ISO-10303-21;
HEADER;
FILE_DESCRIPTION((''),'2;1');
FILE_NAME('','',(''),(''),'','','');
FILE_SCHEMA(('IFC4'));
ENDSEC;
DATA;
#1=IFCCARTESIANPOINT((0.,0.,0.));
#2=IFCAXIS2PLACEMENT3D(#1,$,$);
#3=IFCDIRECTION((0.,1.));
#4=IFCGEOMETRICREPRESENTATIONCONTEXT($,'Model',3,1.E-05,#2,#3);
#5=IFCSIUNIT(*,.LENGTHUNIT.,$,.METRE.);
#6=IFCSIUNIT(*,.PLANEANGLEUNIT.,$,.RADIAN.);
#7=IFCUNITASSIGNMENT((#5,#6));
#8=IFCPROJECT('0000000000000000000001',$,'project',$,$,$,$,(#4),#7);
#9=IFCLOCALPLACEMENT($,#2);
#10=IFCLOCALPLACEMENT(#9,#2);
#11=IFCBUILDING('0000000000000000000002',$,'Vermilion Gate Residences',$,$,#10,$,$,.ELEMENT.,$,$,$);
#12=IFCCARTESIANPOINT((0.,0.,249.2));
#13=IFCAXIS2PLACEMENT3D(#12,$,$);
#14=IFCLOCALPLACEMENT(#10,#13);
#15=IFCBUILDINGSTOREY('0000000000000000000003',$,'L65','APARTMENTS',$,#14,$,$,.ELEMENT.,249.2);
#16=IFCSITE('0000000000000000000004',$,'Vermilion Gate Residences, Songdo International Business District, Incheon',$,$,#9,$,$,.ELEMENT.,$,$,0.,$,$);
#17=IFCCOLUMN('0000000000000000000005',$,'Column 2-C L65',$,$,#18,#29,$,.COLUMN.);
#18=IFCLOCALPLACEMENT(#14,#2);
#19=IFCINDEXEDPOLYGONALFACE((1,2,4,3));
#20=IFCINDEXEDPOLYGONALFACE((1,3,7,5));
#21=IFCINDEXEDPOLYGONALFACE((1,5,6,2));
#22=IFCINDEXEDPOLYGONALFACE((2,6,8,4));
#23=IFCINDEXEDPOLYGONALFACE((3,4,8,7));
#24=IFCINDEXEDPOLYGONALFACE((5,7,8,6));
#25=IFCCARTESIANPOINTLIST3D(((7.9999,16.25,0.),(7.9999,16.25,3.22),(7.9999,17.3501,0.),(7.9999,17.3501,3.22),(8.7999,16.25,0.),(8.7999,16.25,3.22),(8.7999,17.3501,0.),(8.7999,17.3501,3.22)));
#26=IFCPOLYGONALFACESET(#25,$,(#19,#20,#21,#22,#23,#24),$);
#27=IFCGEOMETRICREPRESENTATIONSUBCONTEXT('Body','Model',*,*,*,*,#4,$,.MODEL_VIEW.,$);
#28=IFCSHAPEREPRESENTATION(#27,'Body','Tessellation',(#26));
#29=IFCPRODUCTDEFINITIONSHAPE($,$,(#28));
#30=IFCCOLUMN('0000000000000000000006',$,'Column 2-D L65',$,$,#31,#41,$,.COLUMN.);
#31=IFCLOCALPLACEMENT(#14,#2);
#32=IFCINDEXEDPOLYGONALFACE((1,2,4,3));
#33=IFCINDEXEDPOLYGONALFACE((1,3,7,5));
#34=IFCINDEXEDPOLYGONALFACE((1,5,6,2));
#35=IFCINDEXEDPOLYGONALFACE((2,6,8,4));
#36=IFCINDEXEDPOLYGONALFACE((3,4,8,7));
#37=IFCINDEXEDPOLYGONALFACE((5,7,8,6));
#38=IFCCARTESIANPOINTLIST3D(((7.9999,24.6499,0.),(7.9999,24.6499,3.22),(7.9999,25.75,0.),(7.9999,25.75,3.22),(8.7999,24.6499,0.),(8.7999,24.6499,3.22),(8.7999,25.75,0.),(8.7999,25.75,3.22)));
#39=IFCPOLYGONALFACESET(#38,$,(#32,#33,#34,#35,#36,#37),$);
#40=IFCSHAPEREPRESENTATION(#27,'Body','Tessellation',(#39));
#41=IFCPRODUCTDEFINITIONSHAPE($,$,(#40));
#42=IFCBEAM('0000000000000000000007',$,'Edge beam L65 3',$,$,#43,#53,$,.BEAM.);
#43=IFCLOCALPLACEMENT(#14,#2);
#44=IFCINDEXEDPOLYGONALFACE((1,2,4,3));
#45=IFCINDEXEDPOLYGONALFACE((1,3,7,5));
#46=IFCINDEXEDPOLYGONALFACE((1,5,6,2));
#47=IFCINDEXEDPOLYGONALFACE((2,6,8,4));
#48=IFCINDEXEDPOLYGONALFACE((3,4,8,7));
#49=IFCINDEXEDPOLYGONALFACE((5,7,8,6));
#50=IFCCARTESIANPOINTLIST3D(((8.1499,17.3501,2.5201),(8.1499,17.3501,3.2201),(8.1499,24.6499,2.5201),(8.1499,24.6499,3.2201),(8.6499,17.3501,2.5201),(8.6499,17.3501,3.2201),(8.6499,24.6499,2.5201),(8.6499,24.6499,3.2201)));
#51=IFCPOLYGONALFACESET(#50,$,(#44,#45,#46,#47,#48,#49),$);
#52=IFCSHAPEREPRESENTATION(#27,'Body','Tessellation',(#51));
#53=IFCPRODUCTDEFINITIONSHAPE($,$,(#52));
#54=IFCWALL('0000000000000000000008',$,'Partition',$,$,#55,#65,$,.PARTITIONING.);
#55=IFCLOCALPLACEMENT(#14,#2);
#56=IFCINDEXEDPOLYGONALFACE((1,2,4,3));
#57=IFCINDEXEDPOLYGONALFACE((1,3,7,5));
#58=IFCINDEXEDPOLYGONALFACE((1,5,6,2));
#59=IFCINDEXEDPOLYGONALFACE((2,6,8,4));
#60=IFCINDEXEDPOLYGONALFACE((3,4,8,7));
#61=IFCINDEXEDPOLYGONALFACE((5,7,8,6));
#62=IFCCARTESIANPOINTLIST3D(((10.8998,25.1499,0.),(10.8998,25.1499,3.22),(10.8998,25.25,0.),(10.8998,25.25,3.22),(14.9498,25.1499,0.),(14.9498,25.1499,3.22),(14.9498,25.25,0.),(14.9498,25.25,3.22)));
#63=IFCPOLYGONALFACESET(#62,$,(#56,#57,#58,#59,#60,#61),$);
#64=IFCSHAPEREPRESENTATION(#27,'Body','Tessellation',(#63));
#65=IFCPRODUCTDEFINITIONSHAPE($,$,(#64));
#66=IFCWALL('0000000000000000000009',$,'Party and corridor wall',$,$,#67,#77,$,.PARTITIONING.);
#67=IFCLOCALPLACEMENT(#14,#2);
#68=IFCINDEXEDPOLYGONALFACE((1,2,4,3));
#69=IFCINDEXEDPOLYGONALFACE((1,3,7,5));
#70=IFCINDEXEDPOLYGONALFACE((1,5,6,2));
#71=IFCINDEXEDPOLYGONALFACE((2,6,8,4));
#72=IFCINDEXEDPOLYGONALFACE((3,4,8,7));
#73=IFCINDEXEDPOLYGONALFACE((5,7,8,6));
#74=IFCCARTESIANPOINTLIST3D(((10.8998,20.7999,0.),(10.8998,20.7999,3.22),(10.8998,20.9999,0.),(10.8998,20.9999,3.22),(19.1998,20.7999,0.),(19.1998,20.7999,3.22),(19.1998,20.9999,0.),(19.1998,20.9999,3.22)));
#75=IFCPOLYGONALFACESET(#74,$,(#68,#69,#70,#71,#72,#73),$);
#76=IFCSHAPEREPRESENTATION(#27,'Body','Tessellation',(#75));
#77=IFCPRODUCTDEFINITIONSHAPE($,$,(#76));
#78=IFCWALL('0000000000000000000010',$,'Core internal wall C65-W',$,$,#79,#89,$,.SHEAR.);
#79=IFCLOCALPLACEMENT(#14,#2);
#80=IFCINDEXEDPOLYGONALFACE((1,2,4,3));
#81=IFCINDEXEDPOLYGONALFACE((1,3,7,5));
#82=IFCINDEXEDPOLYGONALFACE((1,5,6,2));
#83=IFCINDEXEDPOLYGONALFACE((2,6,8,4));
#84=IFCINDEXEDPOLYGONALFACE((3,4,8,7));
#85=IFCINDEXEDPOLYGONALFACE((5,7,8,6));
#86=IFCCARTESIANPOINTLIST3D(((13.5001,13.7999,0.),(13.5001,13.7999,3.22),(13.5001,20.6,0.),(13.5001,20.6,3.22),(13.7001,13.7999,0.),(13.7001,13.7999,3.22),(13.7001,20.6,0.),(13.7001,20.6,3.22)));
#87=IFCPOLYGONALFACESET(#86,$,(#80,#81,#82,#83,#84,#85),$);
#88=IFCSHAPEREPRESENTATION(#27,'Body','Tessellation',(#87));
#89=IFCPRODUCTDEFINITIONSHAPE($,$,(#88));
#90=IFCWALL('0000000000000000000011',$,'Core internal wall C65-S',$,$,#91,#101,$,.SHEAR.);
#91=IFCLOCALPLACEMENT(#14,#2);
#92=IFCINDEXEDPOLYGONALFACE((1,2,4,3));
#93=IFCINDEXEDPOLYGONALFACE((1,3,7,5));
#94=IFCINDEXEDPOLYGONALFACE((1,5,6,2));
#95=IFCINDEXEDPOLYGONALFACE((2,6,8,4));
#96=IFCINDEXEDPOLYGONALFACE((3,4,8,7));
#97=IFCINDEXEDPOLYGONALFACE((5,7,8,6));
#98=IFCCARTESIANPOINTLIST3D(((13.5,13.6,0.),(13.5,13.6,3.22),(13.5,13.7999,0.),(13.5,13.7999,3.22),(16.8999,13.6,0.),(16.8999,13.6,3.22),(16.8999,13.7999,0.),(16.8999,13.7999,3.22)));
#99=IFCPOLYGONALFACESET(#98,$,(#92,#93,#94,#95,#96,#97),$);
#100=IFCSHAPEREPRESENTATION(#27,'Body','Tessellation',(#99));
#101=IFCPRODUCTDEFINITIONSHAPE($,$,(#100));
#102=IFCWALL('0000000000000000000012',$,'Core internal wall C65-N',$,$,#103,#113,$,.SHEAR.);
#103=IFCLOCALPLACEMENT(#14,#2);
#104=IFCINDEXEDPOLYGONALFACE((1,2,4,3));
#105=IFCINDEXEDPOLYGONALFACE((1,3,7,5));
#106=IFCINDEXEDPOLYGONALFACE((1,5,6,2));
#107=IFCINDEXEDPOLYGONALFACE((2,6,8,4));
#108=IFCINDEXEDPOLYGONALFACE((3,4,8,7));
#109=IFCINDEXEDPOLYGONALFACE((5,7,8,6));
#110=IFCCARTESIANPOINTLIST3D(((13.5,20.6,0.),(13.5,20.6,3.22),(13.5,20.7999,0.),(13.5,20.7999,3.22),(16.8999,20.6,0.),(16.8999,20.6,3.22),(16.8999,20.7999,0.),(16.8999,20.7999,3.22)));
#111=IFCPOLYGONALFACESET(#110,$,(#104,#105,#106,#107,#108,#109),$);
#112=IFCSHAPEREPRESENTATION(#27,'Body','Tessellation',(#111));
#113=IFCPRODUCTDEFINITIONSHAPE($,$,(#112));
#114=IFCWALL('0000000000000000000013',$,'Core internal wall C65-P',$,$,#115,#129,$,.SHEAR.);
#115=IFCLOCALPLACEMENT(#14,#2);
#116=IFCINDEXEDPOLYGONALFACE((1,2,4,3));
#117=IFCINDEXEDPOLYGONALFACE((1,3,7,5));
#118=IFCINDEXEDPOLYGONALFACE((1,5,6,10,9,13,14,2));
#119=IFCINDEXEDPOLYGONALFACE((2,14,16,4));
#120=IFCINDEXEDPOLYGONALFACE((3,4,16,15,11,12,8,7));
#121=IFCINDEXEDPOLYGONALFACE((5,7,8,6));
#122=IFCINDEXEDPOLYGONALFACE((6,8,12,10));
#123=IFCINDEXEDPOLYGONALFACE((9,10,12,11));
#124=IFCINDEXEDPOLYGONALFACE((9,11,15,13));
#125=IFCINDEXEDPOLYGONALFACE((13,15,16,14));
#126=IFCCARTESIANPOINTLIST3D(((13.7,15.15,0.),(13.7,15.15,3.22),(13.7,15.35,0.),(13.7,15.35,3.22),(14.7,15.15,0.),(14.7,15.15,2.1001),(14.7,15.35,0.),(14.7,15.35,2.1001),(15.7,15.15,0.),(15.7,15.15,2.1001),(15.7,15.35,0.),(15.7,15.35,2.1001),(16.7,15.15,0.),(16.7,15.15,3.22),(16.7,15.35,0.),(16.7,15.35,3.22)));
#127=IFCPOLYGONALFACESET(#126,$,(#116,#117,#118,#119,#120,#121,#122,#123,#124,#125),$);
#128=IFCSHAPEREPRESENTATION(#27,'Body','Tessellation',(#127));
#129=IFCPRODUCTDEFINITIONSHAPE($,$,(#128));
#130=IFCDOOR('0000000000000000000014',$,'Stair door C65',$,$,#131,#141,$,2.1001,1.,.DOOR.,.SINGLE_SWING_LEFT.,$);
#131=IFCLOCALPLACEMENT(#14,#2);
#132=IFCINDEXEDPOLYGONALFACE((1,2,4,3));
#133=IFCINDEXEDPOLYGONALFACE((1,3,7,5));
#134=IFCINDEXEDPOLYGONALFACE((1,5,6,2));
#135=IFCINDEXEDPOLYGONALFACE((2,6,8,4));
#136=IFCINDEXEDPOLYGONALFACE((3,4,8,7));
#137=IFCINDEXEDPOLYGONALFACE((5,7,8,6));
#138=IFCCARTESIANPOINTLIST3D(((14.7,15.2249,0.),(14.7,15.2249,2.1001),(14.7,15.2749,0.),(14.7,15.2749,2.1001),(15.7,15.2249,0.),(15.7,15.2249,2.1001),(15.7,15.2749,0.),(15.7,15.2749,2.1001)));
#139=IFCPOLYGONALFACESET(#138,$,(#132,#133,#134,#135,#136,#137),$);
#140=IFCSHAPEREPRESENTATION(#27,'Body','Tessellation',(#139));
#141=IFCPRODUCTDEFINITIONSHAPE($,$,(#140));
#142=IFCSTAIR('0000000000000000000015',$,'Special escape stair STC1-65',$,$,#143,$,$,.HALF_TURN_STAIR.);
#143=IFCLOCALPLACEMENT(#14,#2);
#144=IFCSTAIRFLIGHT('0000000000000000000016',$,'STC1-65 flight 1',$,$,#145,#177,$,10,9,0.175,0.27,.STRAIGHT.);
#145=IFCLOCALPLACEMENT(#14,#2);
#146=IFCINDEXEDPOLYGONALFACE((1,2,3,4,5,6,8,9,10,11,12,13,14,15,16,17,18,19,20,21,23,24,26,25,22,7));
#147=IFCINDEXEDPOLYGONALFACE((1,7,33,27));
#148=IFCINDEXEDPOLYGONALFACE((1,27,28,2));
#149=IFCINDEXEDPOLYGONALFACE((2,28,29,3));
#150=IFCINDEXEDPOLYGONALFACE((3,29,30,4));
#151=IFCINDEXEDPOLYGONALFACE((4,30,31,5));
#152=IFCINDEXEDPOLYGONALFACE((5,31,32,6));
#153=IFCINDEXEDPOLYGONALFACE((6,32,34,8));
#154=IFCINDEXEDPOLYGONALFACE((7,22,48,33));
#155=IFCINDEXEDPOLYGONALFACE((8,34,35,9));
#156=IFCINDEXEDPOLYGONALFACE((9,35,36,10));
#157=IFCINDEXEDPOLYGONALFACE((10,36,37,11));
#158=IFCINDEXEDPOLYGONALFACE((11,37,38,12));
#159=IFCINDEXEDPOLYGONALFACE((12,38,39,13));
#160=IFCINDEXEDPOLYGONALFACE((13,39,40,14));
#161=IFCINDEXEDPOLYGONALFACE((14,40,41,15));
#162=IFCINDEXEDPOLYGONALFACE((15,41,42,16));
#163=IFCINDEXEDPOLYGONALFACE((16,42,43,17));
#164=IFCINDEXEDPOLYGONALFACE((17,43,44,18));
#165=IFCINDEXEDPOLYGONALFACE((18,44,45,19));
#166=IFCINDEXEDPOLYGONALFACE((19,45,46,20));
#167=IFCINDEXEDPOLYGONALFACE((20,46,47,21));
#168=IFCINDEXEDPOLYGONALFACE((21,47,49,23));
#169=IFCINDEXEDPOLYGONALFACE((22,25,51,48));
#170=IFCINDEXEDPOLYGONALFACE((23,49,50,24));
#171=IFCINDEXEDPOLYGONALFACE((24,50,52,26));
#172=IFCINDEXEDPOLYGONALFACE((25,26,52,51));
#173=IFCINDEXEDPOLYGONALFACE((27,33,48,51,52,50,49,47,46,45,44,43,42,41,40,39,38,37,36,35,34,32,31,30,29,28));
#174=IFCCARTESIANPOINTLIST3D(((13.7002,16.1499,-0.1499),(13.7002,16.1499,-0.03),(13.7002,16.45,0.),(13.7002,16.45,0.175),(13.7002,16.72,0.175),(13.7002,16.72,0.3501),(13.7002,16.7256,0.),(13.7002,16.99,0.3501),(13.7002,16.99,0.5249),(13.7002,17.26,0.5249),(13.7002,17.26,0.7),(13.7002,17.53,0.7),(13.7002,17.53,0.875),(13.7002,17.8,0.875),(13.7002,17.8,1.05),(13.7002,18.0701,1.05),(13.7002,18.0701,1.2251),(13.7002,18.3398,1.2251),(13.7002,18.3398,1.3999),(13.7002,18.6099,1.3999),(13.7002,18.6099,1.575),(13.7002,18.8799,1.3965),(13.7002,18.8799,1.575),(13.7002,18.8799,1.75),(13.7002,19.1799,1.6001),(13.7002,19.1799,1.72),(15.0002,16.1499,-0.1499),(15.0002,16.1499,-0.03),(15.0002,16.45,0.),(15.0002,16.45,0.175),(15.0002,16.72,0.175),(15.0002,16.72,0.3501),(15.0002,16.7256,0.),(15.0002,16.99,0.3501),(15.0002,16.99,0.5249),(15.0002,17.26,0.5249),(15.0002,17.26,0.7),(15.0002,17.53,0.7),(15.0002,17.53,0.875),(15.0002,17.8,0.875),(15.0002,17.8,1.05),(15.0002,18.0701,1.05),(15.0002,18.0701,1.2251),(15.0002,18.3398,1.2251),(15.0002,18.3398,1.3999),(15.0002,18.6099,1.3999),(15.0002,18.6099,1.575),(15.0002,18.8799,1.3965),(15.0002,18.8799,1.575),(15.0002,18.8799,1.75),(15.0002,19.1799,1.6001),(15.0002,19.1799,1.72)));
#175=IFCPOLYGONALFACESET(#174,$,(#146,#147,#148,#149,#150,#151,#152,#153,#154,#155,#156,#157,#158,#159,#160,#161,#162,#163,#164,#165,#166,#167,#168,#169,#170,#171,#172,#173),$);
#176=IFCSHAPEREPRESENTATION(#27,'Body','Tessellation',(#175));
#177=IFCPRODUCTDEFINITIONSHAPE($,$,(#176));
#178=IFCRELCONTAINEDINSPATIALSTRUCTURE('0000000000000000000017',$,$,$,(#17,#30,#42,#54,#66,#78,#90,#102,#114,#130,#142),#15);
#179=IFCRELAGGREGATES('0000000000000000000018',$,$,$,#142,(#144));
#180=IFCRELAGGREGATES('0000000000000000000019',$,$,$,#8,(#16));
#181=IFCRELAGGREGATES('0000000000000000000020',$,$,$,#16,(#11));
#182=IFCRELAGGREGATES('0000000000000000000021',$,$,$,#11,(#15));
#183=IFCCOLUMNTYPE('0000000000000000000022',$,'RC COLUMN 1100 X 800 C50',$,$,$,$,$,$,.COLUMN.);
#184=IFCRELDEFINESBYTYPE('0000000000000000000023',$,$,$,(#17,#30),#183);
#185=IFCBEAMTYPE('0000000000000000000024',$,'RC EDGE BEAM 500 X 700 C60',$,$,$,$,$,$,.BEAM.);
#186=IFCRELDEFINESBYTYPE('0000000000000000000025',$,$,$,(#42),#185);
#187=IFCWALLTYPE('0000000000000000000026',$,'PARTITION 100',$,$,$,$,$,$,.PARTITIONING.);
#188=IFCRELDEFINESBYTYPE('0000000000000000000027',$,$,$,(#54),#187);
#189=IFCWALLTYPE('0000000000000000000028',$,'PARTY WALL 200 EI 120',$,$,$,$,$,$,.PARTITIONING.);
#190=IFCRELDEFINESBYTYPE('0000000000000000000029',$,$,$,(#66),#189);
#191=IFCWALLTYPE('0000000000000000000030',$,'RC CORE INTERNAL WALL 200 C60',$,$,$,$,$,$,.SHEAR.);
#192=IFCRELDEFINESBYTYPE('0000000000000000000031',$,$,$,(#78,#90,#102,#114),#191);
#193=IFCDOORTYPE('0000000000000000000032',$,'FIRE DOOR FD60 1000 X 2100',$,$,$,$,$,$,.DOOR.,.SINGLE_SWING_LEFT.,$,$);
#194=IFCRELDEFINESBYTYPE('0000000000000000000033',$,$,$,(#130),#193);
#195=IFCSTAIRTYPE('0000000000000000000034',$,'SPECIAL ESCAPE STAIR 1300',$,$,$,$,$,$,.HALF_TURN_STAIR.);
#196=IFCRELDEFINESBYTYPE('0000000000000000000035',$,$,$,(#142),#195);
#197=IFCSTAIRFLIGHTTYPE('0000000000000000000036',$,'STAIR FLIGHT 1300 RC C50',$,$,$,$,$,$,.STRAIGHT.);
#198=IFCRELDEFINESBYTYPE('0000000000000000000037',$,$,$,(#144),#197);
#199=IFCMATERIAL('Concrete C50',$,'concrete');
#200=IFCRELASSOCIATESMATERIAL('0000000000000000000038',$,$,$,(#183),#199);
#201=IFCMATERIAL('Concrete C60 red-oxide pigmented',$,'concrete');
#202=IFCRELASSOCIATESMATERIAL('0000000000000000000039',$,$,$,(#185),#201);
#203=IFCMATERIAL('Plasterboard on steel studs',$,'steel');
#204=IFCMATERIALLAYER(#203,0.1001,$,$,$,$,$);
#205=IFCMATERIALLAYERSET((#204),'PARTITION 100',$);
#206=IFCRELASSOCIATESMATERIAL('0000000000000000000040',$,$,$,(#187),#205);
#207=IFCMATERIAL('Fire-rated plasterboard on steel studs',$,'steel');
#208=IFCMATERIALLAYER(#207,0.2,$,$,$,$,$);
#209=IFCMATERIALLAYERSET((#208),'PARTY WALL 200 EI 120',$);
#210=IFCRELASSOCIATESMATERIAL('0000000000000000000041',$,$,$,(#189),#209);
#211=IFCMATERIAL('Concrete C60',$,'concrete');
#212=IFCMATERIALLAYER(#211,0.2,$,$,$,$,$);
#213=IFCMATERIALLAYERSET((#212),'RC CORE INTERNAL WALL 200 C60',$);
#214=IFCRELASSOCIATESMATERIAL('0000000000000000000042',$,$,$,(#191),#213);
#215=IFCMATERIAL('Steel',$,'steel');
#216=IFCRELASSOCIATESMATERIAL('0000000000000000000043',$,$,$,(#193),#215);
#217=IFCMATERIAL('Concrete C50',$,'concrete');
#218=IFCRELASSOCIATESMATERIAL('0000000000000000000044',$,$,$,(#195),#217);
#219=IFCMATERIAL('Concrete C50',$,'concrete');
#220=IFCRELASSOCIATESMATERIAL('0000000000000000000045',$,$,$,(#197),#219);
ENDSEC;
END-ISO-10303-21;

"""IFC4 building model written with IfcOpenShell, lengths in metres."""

from ifc_helpers import new_model, si_unit, direction, frame, frame_2d, origin, origin_2d, place, context, subcontext, project, spatial, polyline, rectangle, outline, extrude, material, layer, layer_set, material_profile, profile_set, type_object, element, fill, aggregate, save


model = new_model("IFC4")

# Units and contexts
model_context = context("Model", 3, precision=1e-05, world=origin(), true_north=direction((0.0, 1.0)))
body_context = subcontext(model_context, "Body", "Model", "MODEL_VIEW")
ifc_project = project(units=[si_unit("LENGTHUNIT", "METRE"), si_unit("PLANEANGLEUNIT", "RADIAN")], contexts=[model_context])

# Site, building, storey
site_placement = place(None, origin())
site = spatial("IfcSite", under=ifc_project, at=site_placement, Name="Vermilion Gate Residences, Songdo International Business District, Incheon", CompositionType="ELEMENT", RefElevation=0.0)
building_placement = place(site_placement, origin())
building = spatial("IfcBuilding", under=site, at=building_placement, Name="Vermilion Gate Residences", CompositionType="ELEMENT")
storey_placement = place(building_placement, frame((0.0, 0.0, 249.2)))
storey = spatial("IfcBuildingStorey", under=building, at=storey_placement, Name="L65", Description="APARTMENTS", CompositionType="ELEMENT", Elevation=249.2)

# Columns
ifc_material_1 = material(Name="Concrete C50", Category="concrete")
ifc_material_profile_1 = material_profile(ifc_material_1, rectangle(XDim=1.1001, YDim=0.8, at=origin_2d()), Name="RC-1100x800")
ifc_profile_set_1 = profile_set([ifc_material_profile_1], Name="Concrete C50")
column_type = type_object("IfcColumnType", Name="RC COLUMN 1100 X 800 C50", PredefinedType="COLUMN", material=ifc_profile_set_1)
for number, where, z_axis, x_axis, name in (
    (1, (8.3999, 16.8, 0.0), (0.0, 0.0, 1.0), (0.0, 1.0, 0.0), "Column 2-C L65"),
    (2, (8.3999, 25.2, 0.0), (0.0, 0.0, 1.0), (0.0, 1.0, 0.0), "Column 2-D L65"),
):
    element("IfcColumn", number, at=place(storey_placement, frame(where, z_axis=z_axis, x_axis=x_axis)), inside=storey, type_object=column_type, Name=name, PredefinedType="COLUMN", context=body_context, shape_type="SweptSolid", body=[
        extrude(rectangle(XDim=1.1001, YDim=0.8, at=origin_2d()), origin(), (0.0, 0.0, 1.0), 3.22),
    ])

# Beam
ifc_material_2 = material(Name="Concrete C60 red-oxide pigmented", Category="concrete")
ifc_material_profile_2 = material_profile(ifc_material_2, rectangle(XDim=0.5, YDim=0.7, at=origin_2d()), Name="RC-500x700")
ifc_profile_set_2 = profile_set([ifc_material_profile_2], Name="Concrete C60 red-oxide pigmented")
beam_type = type_object("IfcBeamType", Name="RC EDGE BEAM 500 X 700 C60", PredefinedType="BEAM", material=ifc_profile_set_2)
beam_placement = place(storey_placement, frame((8.3999, 17.3501, 2.8701), z_axis=(0.0, 1.0, 0.0), x_axis=(-1.0, 0.0, 0.0)))
element("IfcBeam", 3, at=beam_placement, inside=storey, type_object=beam_type, Name="Edge beam L65 3", PredefinedType="BEAM", context=body_context, shape_type="SweptSolid", body=[
    extrude(rectangle(XDim=0.5, YDim=0.7, at=origin_2d()), origin(), (0.0, 0.0, 1.0), 7.2998),
])

# Walls
ifc_material_3 = material(Name="Plasterboard on steel studs", Category="steel")
ifc_layer_1 = layer(ifc_material_3, 0.1001)
ifc_layer_set_1 = layer_set([ifc_layer_1], Name="PARTITION 100")
wall_type_1 = type_object("IfcWallType", Name="PARTITION 100", PredefinedType="PARTITIONING", material=ifc_layer_set_1)
wall_1_placement = place(storey_placement, frame((10.8999, 25.2, 0.0), z_axis=(0.0, 0.0, 1.0), x_axis=(1.0, 0.0, 0.0)))
element("IfcWall", 4, at=wall_1_placement, inside=storey, type_object=wall_type_1, Name="Partition", PredefinedType="PARTITIONING", context=body_context, shape_type="SweptSolid", body=[
    extrude(rectangle(XDim=4.05, YDim=0.1001, at=frame_2d((2.0249, 0.0))), origin(), (0.0, 0.0, 1.0), 3.22),
])
ifc_material_4 = material(Name="Fire-rated plasterboard on steel studs", Category="steel")
ifc_layer_2 = layer(ifc_material_4, 0.2)
ifc_layer_set_2 = layer_set([ifc_layer_2], Name="PARTY WALL 200 EI 120")
wall_type_2 = type_object("IfcWallType", Name="PARTY WALL 200 EI 120", PredefinedType="PARTITIONING", material=ifc_layer_set_2)
wall_2_placement = place(storey_placement, frame((10.8999, 20.8999, 0.0), z_axis=(0.0, 0.0, 1.0), x_axis=(1.0, 0.0, 0.0)))
element("IfcWall", 5, at=wall_2_placement, inside=storey, type_object=wall_type_2, Name="Party and corridor wall", PredefinedType="PARTITIONING", context=body_context, shape_type="SweptSolid", body=[
    extrude(rectangle(XDim=8.3, YDim=0.2, at=frame_2d((4.1499, 0.0))), origin(), (0.0, 0.0, 1.0), 3.22),
])
ifc_material_5 = material(Name="Concrete C60", Category="concrete")
ifc_layer_3 = layer(ifc_material_5, 0.2)
ifc_layer_set_3 = layer_set([ifc_layer_3], Name="RC CORE INTERNAL WALL 200 C60")
wall_type_3 = type_object("IfcWallType", Name="RC CORE INTERNAL WALL 200 C60", PredefinedType="SHEAR", material=ifc_layer_set_3)
wall_3_placement = place(storey_placement, frame((13.6001, 13.8, 0.0), z_axis=(0.0, 0.0, 1.0), x_axis=(0.0, 1.0, 0.0)))
element("IfcWall", 6, at=wall_3_placement, inside=storey, type_object=wall_type_3, Name="Core internal wall C65-W", PredefinedType="SHEAR", context=body_context, shape_type="SweptSolid", body=[
    extrude(rectangle(XDim=6.8, YDim=0.2, at=frame_2d((3.3999, 0.0))), origin(), (0.0, 0.0, 1.0), 3.22),
])
for number, where, z_axis, x_axis, name in (
    (7, (13.5, 13.7, 0.0), (0.0, 0.0, 1.0), (1.0, 0.0, 0.0), "Core internal wall C65-S"),
    (8, (13.5, 20.7, 0.0), (0.0, 0.0, 1.0), (1.0, 0.0, 0.0), "Core internal wall C65-N"),
):
    element("IfcWall", number, at=place(storey_placement, frame(where, z_axis=z_axis, x_axis=x_axis)), inside=storey, type_object=wall_type_3, Name=name, PredefinedType="SHEAR", context=body_context, shape_type="SweptSolid", body=[
        extrude(rectangle(XDim=3.3999, YDim=0.2, at=frame_2d((1.7, 0.0))), origin(), (0.0, 0.0, 1.0), 3.22),
    ])

# Wall, opening, door
wall_4_placement = place(storey_placement, frame((13.7, 15.25, 0.0), z_axis=(0.0, 0.0, 1.0), x_axis=(1.0, 0.0, 0.0)))
wall_4 = element("IfcWall", 9, at=wall_4_placement, inside=storey, type_object=wall_type_3, Name="Core internal wall C65-P", PredefinedType="SHEAR", context=body_context, shape_type="SweptSolid", body=[
    extrude(rectangle(XDim=3.0, YDim=0.2, at=frame_2d((1.5, 0.0))), origin(), (0.0, 0.0, 1.0), 3.22),
])
opening_placement = place(wall_4_placement, frame((1.0, 0.0, 0.0)))
opening = element("IfcOpeningElement", 10, at=opening_placement, cuts=wall_4, PredefinedType="OPENING", context=body_context, shape_type="SweptSolid", body=[
    extrude(rectangle(XDim=1.0, YDim=2.1001, at=frame_2d((0.5, 1.05))), frame((0.0, 0.1099, 0.0), z_axis=(0.0, -1.0, 0.0), x_axis=(1.0, 0.0, 0.0)), (0.0, 0.0, 1.0), 0.22),
])
ifc_material_6 = material(Name="Steel", Category="steel")
door_type = type_object("IfcDoorType", Name="FIRE DOOR FD60 1000 X 2100", OperationType="SINGLE_SWING_LEFT", PredefinedType="DOOR", material=ifc_material_6)
door_placement = place(opening_placement, origin())
door = element("IfcDoor", 11, at=door_placement, inside=storey, type_object=door_type, Name="Stair door C65", OperationType="SINGLE_SWING_LEFT", OverallHeight=2.1001, OverallWidth=1.0, PredefinedType="DOOR", context=body_context, shape_type="SweptSolid", body=[
    extrude(rectangle(XDim=1.0, YDim=2.1001, at=frame_2d((0.5, 1.05))), frame((0.0, 0.0249, 0.0), z_axis=(0.0, -1.0, 0.0), x_axis=(1.0, 0.0, 0.0)), (0.0, 0.0, 1.0), 0.05),
])
fill(opening, door)

# Stair, stair flight
ifc_material_7 = material(Name="Concrete C50", Category="concrete")
stair_type = type_object("IfcStairType", Name="SPECIAL ESCAPE STAIR 1300", PredefinedType="HALF_TURN_STAIR", material=ifc_material_7)
stair_placement = place(storey_placement, origin())
stair = element("IfcStair", 12, at=stair_placement, inside=storey, type_object=stair_type, Name="Special escape stair STC1-65", PredefinedType="HALF_TURN_STAIR")
ifc_material_8 = material(Name="Concrete C50", Category="concrete")
stair_flight_type = type_object("IfcStairFlightType", Name="STAIR FLIGHT 1300 RC C50", PredefinedType="STRAIGHT", material=ifc_material_8)
stair_flight_placement = place(storey_placement, frame((14.3501, 16.45, 0.0), z_axis=(0.0, 0.0, 1.0), x_axis=(0.0, 1.0, 0.0)))
stair_flight = element("IfcStairFlight", 13, at=stair_flight_placement, type_object=stair_flight_type, Name="STC1-65 flight 1", NumberOfRisers=10, NumberOfTreads=9, PredefinedType="STRAIGHT", RiserHeight=0.175, TreadLength=0.27, context=body_context, shape_type="SweptSolid", body=[
    extrude(outline(polyline([(-0.3, -0.1499), (-0.3, -0.03), (0.0, 0.0), (0.0, 0.175), (0.27, 0.175), (0.27, 0.3501), (0.54, 0.3501), (0.54, 0.5249), (0.8101, 0.5249), (0.8101, 0.7), (1.0801, 0.7), (1.0801, 0.875), (1.3501, 0.875), (1.3501, 1.05), (1.6201, 1.05), (1.6201, 1.2251), (1.8899, 1.2251), (1.8899, 1.3999), (2.1599, 1.3999), (2.1599, 1.575), (2.4299, 1.575), (2.4299, 1.75), (2.73, 1.72), (2.73, 1.6001), (2.4299, 1.3965), (0.2756, 0.0), (-0.3, -0.1499)])), frame((0.0, 0.6499, 0.0), z_axis=(0.0, -1.0, 0.0), x_axis=(1.0, 0.0, 0.0)), (0.0, 0.0, 1.0), 1.3),
])
aggregate(stair, [stair_flight])

save(model, "model.ifc")
